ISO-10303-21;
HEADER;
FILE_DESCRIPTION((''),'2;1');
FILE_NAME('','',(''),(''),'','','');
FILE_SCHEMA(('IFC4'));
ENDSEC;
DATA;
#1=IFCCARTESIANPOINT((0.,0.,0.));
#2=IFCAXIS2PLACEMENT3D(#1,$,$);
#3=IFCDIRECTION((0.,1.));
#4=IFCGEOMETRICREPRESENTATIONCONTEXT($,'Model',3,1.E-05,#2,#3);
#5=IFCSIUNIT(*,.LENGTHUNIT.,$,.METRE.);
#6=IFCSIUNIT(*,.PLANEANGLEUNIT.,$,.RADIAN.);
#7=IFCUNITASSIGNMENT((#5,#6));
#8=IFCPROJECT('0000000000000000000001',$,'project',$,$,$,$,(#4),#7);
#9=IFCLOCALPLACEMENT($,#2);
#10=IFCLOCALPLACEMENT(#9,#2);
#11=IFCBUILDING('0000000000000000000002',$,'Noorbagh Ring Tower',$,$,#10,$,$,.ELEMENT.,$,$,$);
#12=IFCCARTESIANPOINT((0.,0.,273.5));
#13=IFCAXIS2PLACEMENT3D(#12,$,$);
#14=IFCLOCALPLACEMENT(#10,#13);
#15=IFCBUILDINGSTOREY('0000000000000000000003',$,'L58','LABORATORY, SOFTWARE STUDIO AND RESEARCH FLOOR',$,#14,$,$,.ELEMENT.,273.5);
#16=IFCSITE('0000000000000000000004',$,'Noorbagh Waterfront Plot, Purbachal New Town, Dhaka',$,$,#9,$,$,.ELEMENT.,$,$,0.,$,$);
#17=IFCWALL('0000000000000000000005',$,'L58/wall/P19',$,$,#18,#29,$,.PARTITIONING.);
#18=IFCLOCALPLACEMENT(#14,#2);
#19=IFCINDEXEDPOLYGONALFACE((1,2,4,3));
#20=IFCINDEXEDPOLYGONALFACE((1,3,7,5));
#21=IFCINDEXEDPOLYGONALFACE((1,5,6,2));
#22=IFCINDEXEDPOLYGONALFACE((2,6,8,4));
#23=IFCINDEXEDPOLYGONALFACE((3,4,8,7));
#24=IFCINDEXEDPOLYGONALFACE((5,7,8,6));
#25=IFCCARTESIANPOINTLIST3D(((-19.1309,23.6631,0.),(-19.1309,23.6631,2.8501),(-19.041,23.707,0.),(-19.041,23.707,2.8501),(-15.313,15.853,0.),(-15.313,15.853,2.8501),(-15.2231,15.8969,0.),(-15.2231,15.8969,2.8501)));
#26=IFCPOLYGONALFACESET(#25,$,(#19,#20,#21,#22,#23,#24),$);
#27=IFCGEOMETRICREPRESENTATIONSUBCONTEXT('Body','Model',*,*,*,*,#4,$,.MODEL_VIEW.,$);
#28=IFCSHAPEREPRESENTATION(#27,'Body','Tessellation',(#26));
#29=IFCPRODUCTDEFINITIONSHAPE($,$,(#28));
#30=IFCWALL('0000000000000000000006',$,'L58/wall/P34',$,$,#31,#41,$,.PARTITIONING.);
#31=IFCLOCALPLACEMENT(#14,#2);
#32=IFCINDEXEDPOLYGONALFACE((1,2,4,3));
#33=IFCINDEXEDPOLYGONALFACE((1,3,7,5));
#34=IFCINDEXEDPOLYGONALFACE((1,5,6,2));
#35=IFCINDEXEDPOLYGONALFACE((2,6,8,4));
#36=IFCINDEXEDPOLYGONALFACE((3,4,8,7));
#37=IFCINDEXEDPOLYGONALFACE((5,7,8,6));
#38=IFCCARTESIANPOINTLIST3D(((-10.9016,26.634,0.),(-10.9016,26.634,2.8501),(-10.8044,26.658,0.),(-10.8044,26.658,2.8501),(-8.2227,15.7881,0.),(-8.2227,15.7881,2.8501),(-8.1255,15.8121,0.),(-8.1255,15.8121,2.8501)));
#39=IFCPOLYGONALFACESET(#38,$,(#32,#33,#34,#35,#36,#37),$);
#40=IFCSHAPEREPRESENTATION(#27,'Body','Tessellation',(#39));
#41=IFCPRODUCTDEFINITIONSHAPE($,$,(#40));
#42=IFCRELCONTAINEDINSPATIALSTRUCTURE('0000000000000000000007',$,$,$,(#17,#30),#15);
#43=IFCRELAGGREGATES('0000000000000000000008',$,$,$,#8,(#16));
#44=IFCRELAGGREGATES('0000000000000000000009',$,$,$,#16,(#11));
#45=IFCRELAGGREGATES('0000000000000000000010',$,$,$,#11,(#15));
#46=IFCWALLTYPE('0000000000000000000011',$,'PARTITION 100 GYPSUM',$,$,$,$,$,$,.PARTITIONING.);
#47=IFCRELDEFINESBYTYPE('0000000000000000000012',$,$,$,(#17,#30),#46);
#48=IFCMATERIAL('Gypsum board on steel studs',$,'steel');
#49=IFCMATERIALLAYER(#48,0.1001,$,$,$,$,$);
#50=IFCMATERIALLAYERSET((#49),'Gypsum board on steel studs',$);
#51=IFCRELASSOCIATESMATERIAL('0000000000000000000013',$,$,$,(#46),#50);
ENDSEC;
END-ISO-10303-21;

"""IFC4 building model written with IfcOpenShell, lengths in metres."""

from ifc_helpers import new_model, si_unit, direction, frame, frame_2d, origin, place, context, subcontext, project, spatial, rectangle, extrude, material, layer, layer_set, type_object, element, save


model = new_model("IFC4")

# Units and contexts
model_context = context("Model", 3, precision=1e-05, world=origin(), true_north=direction((0.0, 1.0)))
body_context = subcontext(model_context, "Body", "Model", "MODEL_VIEW")
ifc_project = project(units=[si_unit("LENGTHUNIT", "METRE"), si_unit("PLANEANGLEUNIT", "RADIAN")], contexts=[model_context])

# Site, building, storey
site_placement = place(None, origin())
site = spatial("IfcSite", under=ifc_project, at=site_placement, Name="Noorbagh Waterfront Plot, Purbachal New Town, Dhaka", CompositionType="ELEMENT", RefElevation=0.0)
building_placement = place(site_placement, origin())
building = spatial("IfcBuilding", under=site, at=building_placement, Name="Noorbagh Ring Tower", CompositionType="ELEMENT")
storey_placement = place(building_placement, frame((0.0, 0.0, 273.5)))
storey = spatial("IfcBuildingStorey", under=building, at=storey_placement, Name="L58", Description="LABORATORY, SOFTWARE STUDIO AND RESEARCH FLOOR", CompositionType="ELEMENT", Elevation=273.5)

# Walls
ifc_material_1 = material(Name="Gypsum board on steel studs", Category="steel")
ifc_layer_1 = layer(ifc_material_1, 0.1001)
ifc_layer_set_1 = layer_set([ifc_layer_1], Name="Gypsum board on steel studs")
wall_type_1 = type_object("IfcWallType", Name="PARTITION 100 GYPSUM", PredefinedType="PARTITIONING", material=ifc_layer_set_1)
wall_1_placement = place(storey_placement, frame((-19.0859, 23.6851, 0.0), z_axis=(0.0, 0.0, 1.0), x_axis=(0.439175, -0.898402, 0.0)))
element("IfcWall", 1, at=wall_1_placement, inside=storey, type_object=wall_type_1, Name="L58/wall/P19", PredefinedType="PARTITIONING", context=body_context, shape_type="SweptSolid", body=[
    extrude(rectangle(XDim=8.6934, YDim=0.1001, at=frame_2d((4.3467, 0.0))), origin(), (0.0, 0.0, 1.0), 2.8501),
])
wall_2_placement = place(storey_placement, frame((-10.853, 26.646, 0.0), z_axis=(0.0, 0.0, 1.0), x_axis=(0.239794, -0.970824, 0.0)))
element("IfcWall", 2, at=wall_2_placement, inside=storey, type_object=wall_type_1, Name="L58/wall/P34", PredefinedType="PARTITIONING", context=body_context, shape_type="SweptSolid", body=[
    extrude(rectangle(XDim=11.1719, YDim=0.1001, at=frame_2d((5.5859, 0.0))), origin(), (0.0, 0.0, 1.0), 2.8501),
])

save(model, "model.ifc")
